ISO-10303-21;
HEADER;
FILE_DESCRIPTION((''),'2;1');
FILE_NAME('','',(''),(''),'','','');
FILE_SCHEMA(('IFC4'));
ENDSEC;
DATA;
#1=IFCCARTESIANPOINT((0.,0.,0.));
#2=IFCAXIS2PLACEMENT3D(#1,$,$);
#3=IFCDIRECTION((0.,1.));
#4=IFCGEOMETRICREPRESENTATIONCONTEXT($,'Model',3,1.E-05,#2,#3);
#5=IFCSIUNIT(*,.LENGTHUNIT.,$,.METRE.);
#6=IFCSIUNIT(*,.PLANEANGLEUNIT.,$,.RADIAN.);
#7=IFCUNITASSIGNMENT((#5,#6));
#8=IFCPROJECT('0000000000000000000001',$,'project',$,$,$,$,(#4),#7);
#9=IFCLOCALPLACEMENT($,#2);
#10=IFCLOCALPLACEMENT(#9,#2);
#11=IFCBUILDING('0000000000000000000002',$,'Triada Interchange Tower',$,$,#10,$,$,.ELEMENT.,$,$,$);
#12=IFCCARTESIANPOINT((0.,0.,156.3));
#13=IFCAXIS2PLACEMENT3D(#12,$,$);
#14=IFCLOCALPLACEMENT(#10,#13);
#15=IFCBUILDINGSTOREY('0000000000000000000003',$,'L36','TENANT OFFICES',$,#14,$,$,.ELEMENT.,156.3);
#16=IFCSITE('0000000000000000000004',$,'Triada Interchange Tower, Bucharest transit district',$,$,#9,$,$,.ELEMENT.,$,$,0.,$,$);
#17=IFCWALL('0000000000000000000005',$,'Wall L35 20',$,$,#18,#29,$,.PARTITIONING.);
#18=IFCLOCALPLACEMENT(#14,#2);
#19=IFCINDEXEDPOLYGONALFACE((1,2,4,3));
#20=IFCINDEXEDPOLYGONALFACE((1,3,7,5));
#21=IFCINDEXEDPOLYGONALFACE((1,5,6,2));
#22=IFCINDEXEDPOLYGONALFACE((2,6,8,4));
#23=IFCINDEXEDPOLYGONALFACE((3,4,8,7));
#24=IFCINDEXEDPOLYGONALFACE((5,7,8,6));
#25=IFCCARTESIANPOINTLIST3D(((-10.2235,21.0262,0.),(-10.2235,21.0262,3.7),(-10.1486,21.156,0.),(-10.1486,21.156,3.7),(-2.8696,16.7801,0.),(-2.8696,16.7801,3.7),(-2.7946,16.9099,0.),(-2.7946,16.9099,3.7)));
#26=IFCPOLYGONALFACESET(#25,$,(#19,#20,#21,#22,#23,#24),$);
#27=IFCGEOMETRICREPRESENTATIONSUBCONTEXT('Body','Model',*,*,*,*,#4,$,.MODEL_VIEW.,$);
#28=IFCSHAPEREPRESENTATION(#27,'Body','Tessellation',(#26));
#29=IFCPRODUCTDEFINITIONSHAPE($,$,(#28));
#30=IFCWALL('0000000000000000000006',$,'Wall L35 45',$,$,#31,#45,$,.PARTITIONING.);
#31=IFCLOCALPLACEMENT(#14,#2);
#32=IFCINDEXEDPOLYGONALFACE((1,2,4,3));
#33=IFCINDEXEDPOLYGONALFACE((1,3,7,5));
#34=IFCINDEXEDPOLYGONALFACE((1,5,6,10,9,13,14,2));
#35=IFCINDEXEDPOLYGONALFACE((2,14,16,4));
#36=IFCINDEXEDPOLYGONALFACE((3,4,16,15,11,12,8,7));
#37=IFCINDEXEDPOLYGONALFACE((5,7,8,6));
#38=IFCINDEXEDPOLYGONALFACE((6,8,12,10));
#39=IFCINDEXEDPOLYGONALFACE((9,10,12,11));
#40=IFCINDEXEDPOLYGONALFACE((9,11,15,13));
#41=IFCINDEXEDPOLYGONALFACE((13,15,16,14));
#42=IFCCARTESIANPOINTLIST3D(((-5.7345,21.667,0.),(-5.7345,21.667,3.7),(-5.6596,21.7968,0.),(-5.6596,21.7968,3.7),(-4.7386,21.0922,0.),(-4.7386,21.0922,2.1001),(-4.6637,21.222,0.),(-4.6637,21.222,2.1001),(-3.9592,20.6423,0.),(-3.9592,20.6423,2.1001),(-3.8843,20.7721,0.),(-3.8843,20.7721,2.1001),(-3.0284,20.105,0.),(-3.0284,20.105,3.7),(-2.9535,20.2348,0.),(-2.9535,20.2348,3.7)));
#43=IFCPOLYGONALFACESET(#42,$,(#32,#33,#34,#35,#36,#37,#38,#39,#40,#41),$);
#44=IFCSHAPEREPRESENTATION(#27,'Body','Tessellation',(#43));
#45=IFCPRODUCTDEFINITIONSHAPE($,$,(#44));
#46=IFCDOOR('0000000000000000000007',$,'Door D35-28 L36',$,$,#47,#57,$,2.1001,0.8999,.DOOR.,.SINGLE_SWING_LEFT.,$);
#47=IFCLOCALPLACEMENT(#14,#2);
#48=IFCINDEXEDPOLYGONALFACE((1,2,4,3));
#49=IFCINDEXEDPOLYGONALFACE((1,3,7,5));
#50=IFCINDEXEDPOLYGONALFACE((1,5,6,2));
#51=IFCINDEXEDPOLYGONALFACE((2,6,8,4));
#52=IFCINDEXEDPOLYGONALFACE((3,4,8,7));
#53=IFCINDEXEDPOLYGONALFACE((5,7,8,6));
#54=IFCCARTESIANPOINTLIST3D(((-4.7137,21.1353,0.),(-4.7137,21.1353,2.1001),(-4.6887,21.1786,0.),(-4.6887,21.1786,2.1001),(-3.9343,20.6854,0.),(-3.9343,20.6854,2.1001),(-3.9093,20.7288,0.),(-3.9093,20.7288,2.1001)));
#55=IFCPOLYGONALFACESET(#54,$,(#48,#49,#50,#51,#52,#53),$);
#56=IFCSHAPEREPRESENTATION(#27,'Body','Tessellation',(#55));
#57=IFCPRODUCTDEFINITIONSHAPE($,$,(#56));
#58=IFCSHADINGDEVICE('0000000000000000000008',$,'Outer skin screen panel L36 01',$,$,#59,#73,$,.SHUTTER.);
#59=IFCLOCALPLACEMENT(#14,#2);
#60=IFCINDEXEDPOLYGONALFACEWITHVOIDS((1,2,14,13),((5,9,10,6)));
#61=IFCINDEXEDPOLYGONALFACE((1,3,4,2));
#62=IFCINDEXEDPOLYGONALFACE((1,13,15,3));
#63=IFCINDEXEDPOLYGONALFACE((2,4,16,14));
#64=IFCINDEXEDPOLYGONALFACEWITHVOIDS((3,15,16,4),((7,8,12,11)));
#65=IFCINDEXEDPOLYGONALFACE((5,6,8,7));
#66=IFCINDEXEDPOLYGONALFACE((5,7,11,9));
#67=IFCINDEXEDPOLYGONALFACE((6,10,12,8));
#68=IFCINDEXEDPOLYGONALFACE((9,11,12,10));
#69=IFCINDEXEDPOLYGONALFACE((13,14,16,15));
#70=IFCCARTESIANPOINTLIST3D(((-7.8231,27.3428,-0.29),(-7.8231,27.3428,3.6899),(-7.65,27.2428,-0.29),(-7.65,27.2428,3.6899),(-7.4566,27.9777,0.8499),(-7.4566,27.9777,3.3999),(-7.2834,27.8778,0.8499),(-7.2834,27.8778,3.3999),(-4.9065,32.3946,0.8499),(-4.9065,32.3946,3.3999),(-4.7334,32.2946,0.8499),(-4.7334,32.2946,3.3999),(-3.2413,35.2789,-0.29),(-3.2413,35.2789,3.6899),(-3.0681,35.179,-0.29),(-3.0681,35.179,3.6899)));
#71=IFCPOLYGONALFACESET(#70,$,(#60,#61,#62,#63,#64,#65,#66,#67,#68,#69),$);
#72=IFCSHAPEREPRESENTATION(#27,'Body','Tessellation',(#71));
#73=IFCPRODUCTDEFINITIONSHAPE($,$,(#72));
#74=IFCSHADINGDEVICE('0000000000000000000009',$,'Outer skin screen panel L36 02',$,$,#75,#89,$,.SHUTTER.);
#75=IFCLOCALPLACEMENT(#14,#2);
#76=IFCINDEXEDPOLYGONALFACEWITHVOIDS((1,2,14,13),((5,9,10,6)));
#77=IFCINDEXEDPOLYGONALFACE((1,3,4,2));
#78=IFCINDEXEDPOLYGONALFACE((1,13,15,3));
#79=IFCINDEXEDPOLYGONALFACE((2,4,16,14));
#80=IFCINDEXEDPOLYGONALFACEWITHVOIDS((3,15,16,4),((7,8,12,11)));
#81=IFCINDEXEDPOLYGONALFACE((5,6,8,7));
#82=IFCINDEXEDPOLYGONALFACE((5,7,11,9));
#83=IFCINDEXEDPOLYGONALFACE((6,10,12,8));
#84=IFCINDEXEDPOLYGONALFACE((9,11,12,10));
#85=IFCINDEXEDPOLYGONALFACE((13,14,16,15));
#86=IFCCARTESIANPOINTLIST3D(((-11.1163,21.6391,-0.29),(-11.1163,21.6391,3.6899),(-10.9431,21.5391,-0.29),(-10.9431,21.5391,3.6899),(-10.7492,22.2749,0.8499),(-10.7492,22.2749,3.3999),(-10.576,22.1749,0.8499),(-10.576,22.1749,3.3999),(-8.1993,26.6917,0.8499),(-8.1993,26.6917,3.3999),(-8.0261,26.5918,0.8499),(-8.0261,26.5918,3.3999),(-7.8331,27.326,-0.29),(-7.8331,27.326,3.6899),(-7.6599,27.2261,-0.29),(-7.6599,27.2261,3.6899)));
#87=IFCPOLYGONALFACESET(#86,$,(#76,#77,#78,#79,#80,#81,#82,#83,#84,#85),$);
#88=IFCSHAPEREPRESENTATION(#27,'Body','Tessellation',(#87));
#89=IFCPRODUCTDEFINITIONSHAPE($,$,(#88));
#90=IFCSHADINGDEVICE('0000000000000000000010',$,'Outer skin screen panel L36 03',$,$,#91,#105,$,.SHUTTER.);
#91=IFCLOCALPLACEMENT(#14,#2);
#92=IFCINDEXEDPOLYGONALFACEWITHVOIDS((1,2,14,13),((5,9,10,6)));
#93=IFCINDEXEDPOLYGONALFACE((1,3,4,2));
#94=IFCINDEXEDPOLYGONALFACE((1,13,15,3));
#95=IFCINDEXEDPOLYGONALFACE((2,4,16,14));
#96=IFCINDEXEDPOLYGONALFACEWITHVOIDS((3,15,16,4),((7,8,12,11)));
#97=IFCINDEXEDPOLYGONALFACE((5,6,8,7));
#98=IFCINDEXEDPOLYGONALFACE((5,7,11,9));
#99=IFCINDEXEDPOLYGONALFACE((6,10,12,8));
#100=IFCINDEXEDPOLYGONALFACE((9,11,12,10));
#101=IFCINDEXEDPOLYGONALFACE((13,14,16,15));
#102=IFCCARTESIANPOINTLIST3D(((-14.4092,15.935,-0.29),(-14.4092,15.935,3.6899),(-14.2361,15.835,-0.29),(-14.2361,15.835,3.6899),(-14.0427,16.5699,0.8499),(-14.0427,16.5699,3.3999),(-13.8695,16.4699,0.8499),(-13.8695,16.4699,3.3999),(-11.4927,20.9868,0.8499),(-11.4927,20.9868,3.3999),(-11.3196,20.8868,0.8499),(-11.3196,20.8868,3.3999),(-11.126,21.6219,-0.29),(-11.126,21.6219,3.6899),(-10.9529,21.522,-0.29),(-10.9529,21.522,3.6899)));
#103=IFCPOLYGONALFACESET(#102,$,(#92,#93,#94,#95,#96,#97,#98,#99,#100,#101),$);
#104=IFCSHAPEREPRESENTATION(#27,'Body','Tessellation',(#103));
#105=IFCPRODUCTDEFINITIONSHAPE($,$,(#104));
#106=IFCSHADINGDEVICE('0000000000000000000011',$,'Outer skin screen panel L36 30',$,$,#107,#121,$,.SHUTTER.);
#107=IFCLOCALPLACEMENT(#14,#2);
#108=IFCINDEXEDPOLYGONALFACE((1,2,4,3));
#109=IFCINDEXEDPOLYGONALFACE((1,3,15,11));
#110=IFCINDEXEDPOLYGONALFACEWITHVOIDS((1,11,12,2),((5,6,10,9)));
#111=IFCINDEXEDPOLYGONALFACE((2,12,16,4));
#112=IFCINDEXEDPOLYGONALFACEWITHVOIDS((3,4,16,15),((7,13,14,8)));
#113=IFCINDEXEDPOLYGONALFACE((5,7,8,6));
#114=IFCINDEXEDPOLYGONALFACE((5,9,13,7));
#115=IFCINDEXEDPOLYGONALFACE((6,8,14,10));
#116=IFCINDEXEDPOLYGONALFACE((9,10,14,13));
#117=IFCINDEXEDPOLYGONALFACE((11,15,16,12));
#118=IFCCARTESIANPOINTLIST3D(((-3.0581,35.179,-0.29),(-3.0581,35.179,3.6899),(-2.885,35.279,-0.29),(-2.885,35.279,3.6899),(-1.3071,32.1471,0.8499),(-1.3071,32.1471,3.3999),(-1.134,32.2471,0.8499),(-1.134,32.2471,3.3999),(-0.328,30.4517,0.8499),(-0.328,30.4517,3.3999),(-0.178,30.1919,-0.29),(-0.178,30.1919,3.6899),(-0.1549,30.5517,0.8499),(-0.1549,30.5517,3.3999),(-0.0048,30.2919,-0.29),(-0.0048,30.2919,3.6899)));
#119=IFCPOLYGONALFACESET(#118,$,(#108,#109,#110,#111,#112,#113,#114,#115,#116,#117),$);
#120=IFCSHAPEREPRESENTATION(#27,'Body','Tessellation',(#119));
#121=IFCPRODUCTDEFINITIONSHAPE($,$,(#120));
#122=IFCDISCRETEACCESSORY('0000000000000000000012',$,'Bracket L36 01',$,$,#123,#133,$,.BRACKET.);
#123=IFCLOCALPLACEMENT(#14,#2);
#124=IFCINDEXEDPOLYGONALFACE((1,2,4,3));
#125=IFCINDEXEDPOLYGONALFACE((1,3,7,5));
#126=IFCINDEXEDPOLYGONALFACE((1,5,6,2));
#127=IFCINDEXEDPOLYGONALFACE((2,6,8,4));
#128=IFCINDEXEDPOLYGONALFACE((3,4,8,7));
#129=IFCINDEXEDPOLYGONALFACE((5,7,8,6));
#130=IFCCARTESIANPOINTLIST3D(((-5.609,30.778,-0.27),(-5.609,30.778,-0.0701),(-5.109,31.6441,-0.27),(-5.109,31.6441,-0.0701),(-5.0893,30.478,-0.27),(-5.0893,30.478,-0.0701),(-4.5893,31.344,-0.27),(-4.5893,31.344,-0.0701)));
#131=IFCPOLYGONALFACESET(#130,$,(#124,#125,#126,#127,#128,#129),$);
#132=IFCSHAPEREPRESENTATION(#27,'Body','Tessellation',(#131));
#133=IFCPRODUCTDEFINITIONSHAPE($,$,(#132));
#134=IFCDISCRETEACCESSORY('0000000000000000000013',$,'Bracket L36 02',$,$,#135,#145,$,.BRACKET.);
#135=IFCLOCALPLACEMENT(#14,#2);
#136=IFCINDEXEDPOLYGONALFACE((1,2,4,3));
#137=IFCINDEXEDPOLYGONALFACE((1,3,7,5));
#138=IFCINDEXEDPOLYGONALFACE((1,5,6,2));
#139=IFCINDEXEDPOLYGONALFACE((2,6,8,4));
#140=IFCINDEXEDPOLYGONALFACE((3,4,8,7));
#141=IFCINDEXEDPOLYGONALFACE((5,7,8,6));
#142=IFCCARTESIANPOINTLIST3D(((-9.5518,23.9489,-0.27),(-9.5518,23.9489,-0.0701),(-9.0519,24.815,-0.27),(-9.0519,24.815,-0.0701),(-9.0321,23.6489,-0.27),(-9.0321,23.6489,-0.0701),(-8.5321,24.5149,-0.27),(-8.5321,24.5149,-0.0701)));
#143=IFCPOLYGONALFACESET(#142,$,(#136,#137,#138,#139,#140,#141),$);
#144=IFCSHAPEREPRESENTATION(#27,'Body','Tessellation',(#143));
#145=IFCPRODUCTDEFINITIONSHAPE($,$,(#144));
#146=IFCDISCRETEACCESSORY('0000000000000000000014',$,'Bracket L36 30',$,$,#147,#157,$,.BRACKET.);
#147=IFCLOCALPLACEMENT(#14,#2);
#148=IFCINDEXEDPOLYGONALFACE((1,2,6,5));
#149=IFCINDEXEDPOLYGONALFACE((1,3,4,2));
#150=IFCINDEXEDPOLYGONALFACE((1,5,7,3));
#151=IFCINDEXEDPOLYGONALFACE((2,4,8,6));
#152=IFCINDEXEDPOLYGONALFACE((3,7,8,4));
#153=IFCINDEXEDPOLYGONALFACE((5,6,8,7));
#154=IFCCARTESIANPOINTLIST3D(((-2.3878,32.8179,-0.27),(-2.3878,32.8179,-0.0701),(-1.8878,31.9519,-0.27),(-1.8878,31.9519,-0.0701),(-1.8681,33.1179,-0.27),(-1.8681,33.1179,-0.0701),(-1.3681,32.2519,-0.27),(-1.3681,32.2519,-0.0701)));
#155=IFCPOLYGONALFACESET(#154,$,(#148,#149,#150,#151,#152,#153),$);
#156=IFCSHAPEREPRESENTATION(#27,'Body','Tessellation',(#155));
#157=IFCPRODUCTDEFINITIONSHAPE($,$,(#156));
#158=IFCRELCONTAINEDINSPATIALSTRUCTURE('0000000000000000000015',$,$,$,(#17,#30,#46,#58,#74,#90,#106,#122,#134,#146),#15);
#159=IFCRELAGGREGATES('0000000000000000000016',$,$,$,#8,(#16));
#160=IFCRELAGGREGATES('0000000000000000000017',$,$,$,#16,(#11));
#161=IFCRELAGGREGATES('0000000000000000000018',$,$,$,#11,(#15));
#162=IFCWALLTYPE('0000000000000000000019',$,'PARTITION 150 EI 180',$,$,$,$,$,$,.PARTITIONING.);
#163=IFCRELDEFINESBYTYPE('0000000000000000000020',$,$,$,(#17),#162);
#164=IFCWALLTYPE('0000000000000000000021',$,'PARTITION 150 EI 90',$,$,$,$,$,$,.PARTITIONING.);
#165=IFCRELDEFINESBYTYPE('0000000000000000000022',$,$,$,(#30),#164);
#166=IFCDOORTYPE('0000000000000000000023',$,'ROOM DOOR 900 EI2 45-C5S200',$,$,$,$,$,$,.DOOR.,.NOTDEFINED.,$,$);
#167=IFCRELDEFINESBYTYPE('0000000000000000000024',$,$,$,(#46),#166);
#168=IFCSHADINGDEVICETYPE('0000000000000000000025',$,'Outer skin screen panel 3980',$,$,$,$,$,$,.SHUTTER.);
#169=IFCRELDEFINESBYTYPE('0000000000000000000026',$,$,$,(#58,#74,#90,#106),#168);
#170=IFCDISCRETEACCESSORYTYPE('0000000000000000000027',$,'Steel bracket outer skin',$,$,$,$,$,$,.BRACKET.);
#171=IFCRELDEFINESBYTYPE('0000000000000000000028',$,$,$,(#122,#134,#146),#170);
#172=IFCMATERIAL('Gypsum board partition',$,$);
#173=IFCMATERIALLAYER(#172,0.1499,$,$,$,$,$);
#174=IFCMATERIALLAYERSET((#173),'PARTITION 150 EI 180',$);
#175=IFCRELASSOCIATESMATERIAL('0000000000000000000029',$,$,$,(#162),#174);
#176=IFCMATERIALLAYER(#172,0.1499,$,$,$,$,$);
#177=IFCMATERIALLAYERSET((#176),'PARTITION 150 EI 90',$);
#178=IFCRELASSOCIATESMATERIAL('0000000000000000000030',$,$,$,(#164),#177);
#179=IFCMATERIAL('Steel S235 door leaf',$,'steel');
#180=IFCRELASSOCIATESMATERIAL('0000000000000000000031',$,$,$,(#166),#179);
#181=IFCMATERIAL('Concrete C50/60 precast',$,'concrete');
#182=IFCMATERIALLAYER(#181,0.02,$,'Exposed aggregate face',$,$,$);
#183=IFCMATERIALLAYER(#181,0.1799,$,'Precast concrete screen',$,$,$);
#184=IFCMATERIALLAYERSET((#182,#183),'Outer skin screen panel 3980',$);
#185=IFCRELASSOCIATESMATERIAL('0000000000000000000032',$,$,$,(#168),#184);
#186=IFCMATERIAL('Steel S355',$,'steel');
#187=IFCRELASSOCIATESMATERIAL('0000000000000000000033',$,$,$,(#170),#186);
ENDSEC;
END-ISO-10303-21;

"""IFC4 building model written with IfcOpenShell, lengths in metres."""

from ifc_helpers import new_model, si_unit, direction, frame, frame_2d, origin, origin_2d, place, context, subcontext, project, spatial, polyline, rectangle, outline, extrude, material, layer, layer_set, type_object, element, fill, save


model = new_model("IFC4")

# Units and contexts
model_context = context("Model", 3, precision=1e-05, world=origin(), true_north=direction((0.0, 1.0)))
body_context = subcontext(model_context, "Body", "Model", "MODEL_VIEW")
ifc_project = project(units=[si_unit("LENGTHUNIT", "METRE"), si_unit("PLANEANGLEUNIT", "RADIAN")], contexts=[model_context])

# Site, building, storey
site_placement = place(None, origin())
site = spatial("IfcSite", under=ifc_project, at=site_placement, Name="Triada Interchange Tower, Bucharest transit district", CompositionType="ELEMENT", RefElevation=0.0)
building_placement = place(site_placement, origin())
building = spatial("IfcBuilding", under=site, at=building_placement, Name="Triada Interchange Tower", CompositionType="ELEMENT")
storey_placement = place(building_placement, frame((0.0, 0.0, 156.3)))
storey = spatial("IfcBuildingStorey", under=building, at=storey_placement, Name="L36", Description="TENANT OFFICES", CompositionType="ELEMENT", Elevation=156.3)

# Wall
ifc_material_1 = material(Name="Gypsum board partition")
ifc_layer_1 = layer(ifc_material_1, 0.1499)
ifc_layer_set_1 = layer_set([ifc_layer_1], Name="PARTITION 150 EI 180")
wall_type_1 = type_object("IfcWallType", Name="PARTITION 150 EI 180", PredefinedType="PARTITIONING", material=ifc_layer_set_1)
wall_1_placement = place(storey_placement, frame((-10.186, 21.0911, 0.0), z_axis=(0.0, 0.0, 1.0), x_axis=(0.866012, -0.500023, 0.0)))
element("IfcWall", 1, at=wall_1_placement, inside=storey, type_object=wall_type_1, Name="Wall L35 20", PredefinedType="PARTITIONING", context=body_context, shape_type="SweptSolid", body=[
    extrude(rectangle(XDim=8.4917, YDim=0.1499, at=frame_2d((4.2458, 0.0))), origin(), (0.0, 0.0, 1.0), 3.7),
])

# Wall, opening, door
ifc_layer_2 = layer(ifc_material_1, 0.1499)
ifc_layer_set_2 = layer_set([ifc_layer_2], Name="PARTITION 150 EI 90")
wall_type_2 = type_object("IfcWallType", Name="PARTITION 150 EI 90", PredefinedType="PARTITIONING", material=ifc_layer_set_2)
wall_2_placement = place(storey_placement, frame((-5.697, 21.7319, 0.0), z_axis=(0.0, 0.0, 1.0), x_axis=(0.866071, -0.499921, 0.0)))
wall_2 = element("IfcWall", 2, at=wall_2_placement, inside=storey, type_object=wall_type_2, Name="Wall L35 45", PredefinedType="PARTITIONING", context=body_context, shape_type="SweptSolid", body=[
    extrude(rectangle(XDim=3.1245, YDim=0.1499, at=frame_2d((1.5623, 0.0))), origin(), (0.0, 0.0, 1.0), 3.7),
])
opening_1_placement = place(wall_2_placement, frame((1.1499, 0.0, 0.0)))
opening_1 = element("IfcOpeningElement", 3, at=opening_1_placement, cuts=wall_2, PredefinedType="OPENING", context=body_context, shape_type="SweptSolid", body=[
    extrude(rectangle(XDim=0.8999, YDim=2.1001, at=frame_2d((0.45, 1.05))), frame((0.0, 0.085, 0.0), z_axis=(0.0, -1.0, 0.0), x_axis=(1.0, 0.0, 0.0)), (0.0, 0.0, 1.0), 0.1699),
])
ifc_material_2 = material(Name="Steel S235 door leaf", Category="steel")
door_type = type_object("IfcDoorType", Name="ROOM DOOR 900 EI2 45-C5S200", OperationType="NOTDEFINED", PredefinedType="DOOR", material=ifc_material_2)
door_placement = place(opening_1_placement, origin())
door = element("IfcDoor", 4, at=door_placement, inside=storey, type_object=door_type, Name="Door D35-28 L36", OperationType="SINGLE_SWING_LEFT", OverallHeight=2.1001, OverallWidth=0.8999, PredefinedType="DOOR", context=body_context, shape_type="SweptSolid", body=[
    extrude(rectangle(XDim=0.8999, YDim=2.1001, at=frame_2d((0.45, 1.05))), frame((0.0, 0.0249, 0.0), z_axis=(0.0, -1.0, 0.0), x_axis=(1.0, 0.0, 0.0)), (0.0, 0.0, 1.0), 0.05),
])
fill(opening_1, door)

# Shading devices
ifc_material_3 = material(Name="Concrete C50/60 precast", Category="concrete")
ifc_layer_3 = layer(ifc_material_3, 0.02, Name="Exposed aggregate face")
ifc_layer_4 = layer(ifc_material_3, 0.1799, Name="Precast concrete screen")
ifc_layer_set_3 = layer_set([ifc_layer_3, ifc_layer_4], Name="Outer skin screen panel 3980")
shading_device_type = type_object("IfcShadingDeviceType", Name="Outer skin screen panel 3980", PredefinedType="SHUTTER", material=ifc_layer_set_3)
shading_device_1_placement = place(storey_placement, frame((-3.0681, 35.179, -0.29), z_axis=(0.0, 0.0, 1.0), x_axis=(-0.499993, -0.866029, 0.0)))
element("IfcShadingDevice", 5, at=shading_device_1_placement, inside=storey, type_object=shading_device_type, Name="Outer skin screen panel L36 01", PredefinedType="SHUTTER", context=body_context, shape_type="SweptSolid", body=[
    extrude(outline(polyline([(0.0, 0.0), (9.1638, 0.0), (9.1638, 3.98), (0.0, 3.98), (0.0, 0.0)]), holes=[polyline([(3.3306, 1.1399), (3.3306, 3.6899), (8.4307, 3.6899), (8.4307, 1.1399), (3.3306, 1.1399)])]), frame((0.0, 0.0, 0.0), z_axis=(0.0, -1.0, 0.0), x_axis=(1.0, 0.0, 0.0)), (0.0, 0.0, 1.0), 0.2),
])
shading_device_2_placement = place(storey_placement, frame((-7.6599, 27.2261, -0.29), z_axis=(0.0, 0.0, 1.0), x_axis=(-0.499978, -0.866038, 0.0)))
element("IfcShadingDevice", 6, at=shading_device_2_placement, inside=storey, type_object=shading_device_type, Name="Outer skin screen panel L36 02", PredefinedType="SHUTTER", context=body_context, shape_type="SweptSolid", body=[
    extrude(outline(polyline([(0.0, 0.0), (6.5667, 0.0), (6.5667, 3.98), (0.0, 3.98), (0.0, 0.0)]), holes=[polyline([(0.7324, 1.1399), (0.7324, 3.6899), (5.8325, 3.6899), (5.8325, 1.1399), (0.7324, 1.1399)])]), frame((0.0, 0.0, 0.0), z_axis=(0.0, -1.0, 0.0), x_axis=(1.0, 0.0, 0.0)), (0.0, 0.0, 1.0), 0.2),
])
shading_device_3_placement = place(storey_placement, frame((-10.9529, 21.522, -0.29), z_axis=(0.0, 0.0, 1.0), x_axis=(-0.499978, -0.866038, 0.0)))
element("IfcShadingDevice", 7, at=shading_device_3_placement, inside=storey, type_object=shading_device_type, Name="Outer skin screen panel L36 03", PredefinedType="SHUTTER", context=body_context, shape_type="SweptSolid", body=[
    extrude(outline(polyline([(0.0, 0.0), (6.5667, 0.0), (6.5667, 3.98), (0.0, 3.98), (0.0, 0.0)]), holes=[polyline([(0.7334, 1.1399), (0.7334, 3.6899), (5.8335, 3.6899), (5.8335, 1.1399), (0.7334, 1.1399)])]), frame((0.0, 0.0, 0.0), z_axis=(0.0, -1.0, 0.0), x_axis=(1.0, 0.0, 0.0)), (0.0, 0.0, 1.0), 0.2),
])
shading_device_4_placement = place(storey_placement, frame((-0.178, 30.1919, -0.29), z_axis=(0.0, 0.0, 1.0), x_axis=(-0.50011, 0.865962, 0.0)))
element("IfcShadingDevice", 8, at=shading_device_4_placement, inside=storey, type_object=shading_device_type, Name="Outer skin screen panel L36 30", PredefinedType="SHUTTER", context=body_context, shape_type="SweptSolid", body=[
    extrude(outline(polyline([(0.0, 0.0), (5.759, 0.0), (5.759, 3.98), (0.0, 3.98), (0.0, 0.0)]), holes=[polyline([(0.3, 1.1399), (0.3, 3.6899), (2.2578, 3.6899), (2.2578, 1.1399), (0.3, 1.1399)])]), frame((0.0, 0.0, 0.0), z_axis=(0.0, -1.0, 0.0), x_axis=(1.0, 0.0, 0.0)), (0.0, 0.0, 1.0), 0.2),
])

# Discrete accessories
ifc_material_4 = material(Name="Steel S355", Category="steel")
discrete_accessory_type = type_object("IfcDiscreteAccessoryType", Name="Steel bracket outer skin", PredefinedType="BRACKET", material=ifc_material_4)
for number, where, z_axis, x_axis, name in (
    (9, (-5.0991, 31.061, -0.27), (0.0, 0.0, 1.0), (-0.866036, 0.499982, 0.0), "Bracket L36 01"),
    (10, (-9.042, 24.2319, -0.27), (0.0, 0.0, 1.0), (-0.866036, 0.499982, 0.0), "Bracket L36 02"),
    (11, (-1.8779, 32.5349, -0.27), (0.0, 0.0, 1.0), (0.866014, 0.500019, 0.0), "Bracket L36 30"),
):
    element("IfcDiscreteAccessory", number, at=place(storey_placement, frame(where, z_axis=z_axis, x_axis=x_axis)), inside=storey, type_object=discrete_accessory_type, Name=name, PredefinedType="BRACKET", context=body_context, shape_type="SweptSolid", body=[
        extrude(rectangle(XDim=0.6001, YDim=1.0, at=origin_2d()), origin(), (0.0, 0.0, 1.0), 0.2),
    ])

save(model, "model.ifc")
